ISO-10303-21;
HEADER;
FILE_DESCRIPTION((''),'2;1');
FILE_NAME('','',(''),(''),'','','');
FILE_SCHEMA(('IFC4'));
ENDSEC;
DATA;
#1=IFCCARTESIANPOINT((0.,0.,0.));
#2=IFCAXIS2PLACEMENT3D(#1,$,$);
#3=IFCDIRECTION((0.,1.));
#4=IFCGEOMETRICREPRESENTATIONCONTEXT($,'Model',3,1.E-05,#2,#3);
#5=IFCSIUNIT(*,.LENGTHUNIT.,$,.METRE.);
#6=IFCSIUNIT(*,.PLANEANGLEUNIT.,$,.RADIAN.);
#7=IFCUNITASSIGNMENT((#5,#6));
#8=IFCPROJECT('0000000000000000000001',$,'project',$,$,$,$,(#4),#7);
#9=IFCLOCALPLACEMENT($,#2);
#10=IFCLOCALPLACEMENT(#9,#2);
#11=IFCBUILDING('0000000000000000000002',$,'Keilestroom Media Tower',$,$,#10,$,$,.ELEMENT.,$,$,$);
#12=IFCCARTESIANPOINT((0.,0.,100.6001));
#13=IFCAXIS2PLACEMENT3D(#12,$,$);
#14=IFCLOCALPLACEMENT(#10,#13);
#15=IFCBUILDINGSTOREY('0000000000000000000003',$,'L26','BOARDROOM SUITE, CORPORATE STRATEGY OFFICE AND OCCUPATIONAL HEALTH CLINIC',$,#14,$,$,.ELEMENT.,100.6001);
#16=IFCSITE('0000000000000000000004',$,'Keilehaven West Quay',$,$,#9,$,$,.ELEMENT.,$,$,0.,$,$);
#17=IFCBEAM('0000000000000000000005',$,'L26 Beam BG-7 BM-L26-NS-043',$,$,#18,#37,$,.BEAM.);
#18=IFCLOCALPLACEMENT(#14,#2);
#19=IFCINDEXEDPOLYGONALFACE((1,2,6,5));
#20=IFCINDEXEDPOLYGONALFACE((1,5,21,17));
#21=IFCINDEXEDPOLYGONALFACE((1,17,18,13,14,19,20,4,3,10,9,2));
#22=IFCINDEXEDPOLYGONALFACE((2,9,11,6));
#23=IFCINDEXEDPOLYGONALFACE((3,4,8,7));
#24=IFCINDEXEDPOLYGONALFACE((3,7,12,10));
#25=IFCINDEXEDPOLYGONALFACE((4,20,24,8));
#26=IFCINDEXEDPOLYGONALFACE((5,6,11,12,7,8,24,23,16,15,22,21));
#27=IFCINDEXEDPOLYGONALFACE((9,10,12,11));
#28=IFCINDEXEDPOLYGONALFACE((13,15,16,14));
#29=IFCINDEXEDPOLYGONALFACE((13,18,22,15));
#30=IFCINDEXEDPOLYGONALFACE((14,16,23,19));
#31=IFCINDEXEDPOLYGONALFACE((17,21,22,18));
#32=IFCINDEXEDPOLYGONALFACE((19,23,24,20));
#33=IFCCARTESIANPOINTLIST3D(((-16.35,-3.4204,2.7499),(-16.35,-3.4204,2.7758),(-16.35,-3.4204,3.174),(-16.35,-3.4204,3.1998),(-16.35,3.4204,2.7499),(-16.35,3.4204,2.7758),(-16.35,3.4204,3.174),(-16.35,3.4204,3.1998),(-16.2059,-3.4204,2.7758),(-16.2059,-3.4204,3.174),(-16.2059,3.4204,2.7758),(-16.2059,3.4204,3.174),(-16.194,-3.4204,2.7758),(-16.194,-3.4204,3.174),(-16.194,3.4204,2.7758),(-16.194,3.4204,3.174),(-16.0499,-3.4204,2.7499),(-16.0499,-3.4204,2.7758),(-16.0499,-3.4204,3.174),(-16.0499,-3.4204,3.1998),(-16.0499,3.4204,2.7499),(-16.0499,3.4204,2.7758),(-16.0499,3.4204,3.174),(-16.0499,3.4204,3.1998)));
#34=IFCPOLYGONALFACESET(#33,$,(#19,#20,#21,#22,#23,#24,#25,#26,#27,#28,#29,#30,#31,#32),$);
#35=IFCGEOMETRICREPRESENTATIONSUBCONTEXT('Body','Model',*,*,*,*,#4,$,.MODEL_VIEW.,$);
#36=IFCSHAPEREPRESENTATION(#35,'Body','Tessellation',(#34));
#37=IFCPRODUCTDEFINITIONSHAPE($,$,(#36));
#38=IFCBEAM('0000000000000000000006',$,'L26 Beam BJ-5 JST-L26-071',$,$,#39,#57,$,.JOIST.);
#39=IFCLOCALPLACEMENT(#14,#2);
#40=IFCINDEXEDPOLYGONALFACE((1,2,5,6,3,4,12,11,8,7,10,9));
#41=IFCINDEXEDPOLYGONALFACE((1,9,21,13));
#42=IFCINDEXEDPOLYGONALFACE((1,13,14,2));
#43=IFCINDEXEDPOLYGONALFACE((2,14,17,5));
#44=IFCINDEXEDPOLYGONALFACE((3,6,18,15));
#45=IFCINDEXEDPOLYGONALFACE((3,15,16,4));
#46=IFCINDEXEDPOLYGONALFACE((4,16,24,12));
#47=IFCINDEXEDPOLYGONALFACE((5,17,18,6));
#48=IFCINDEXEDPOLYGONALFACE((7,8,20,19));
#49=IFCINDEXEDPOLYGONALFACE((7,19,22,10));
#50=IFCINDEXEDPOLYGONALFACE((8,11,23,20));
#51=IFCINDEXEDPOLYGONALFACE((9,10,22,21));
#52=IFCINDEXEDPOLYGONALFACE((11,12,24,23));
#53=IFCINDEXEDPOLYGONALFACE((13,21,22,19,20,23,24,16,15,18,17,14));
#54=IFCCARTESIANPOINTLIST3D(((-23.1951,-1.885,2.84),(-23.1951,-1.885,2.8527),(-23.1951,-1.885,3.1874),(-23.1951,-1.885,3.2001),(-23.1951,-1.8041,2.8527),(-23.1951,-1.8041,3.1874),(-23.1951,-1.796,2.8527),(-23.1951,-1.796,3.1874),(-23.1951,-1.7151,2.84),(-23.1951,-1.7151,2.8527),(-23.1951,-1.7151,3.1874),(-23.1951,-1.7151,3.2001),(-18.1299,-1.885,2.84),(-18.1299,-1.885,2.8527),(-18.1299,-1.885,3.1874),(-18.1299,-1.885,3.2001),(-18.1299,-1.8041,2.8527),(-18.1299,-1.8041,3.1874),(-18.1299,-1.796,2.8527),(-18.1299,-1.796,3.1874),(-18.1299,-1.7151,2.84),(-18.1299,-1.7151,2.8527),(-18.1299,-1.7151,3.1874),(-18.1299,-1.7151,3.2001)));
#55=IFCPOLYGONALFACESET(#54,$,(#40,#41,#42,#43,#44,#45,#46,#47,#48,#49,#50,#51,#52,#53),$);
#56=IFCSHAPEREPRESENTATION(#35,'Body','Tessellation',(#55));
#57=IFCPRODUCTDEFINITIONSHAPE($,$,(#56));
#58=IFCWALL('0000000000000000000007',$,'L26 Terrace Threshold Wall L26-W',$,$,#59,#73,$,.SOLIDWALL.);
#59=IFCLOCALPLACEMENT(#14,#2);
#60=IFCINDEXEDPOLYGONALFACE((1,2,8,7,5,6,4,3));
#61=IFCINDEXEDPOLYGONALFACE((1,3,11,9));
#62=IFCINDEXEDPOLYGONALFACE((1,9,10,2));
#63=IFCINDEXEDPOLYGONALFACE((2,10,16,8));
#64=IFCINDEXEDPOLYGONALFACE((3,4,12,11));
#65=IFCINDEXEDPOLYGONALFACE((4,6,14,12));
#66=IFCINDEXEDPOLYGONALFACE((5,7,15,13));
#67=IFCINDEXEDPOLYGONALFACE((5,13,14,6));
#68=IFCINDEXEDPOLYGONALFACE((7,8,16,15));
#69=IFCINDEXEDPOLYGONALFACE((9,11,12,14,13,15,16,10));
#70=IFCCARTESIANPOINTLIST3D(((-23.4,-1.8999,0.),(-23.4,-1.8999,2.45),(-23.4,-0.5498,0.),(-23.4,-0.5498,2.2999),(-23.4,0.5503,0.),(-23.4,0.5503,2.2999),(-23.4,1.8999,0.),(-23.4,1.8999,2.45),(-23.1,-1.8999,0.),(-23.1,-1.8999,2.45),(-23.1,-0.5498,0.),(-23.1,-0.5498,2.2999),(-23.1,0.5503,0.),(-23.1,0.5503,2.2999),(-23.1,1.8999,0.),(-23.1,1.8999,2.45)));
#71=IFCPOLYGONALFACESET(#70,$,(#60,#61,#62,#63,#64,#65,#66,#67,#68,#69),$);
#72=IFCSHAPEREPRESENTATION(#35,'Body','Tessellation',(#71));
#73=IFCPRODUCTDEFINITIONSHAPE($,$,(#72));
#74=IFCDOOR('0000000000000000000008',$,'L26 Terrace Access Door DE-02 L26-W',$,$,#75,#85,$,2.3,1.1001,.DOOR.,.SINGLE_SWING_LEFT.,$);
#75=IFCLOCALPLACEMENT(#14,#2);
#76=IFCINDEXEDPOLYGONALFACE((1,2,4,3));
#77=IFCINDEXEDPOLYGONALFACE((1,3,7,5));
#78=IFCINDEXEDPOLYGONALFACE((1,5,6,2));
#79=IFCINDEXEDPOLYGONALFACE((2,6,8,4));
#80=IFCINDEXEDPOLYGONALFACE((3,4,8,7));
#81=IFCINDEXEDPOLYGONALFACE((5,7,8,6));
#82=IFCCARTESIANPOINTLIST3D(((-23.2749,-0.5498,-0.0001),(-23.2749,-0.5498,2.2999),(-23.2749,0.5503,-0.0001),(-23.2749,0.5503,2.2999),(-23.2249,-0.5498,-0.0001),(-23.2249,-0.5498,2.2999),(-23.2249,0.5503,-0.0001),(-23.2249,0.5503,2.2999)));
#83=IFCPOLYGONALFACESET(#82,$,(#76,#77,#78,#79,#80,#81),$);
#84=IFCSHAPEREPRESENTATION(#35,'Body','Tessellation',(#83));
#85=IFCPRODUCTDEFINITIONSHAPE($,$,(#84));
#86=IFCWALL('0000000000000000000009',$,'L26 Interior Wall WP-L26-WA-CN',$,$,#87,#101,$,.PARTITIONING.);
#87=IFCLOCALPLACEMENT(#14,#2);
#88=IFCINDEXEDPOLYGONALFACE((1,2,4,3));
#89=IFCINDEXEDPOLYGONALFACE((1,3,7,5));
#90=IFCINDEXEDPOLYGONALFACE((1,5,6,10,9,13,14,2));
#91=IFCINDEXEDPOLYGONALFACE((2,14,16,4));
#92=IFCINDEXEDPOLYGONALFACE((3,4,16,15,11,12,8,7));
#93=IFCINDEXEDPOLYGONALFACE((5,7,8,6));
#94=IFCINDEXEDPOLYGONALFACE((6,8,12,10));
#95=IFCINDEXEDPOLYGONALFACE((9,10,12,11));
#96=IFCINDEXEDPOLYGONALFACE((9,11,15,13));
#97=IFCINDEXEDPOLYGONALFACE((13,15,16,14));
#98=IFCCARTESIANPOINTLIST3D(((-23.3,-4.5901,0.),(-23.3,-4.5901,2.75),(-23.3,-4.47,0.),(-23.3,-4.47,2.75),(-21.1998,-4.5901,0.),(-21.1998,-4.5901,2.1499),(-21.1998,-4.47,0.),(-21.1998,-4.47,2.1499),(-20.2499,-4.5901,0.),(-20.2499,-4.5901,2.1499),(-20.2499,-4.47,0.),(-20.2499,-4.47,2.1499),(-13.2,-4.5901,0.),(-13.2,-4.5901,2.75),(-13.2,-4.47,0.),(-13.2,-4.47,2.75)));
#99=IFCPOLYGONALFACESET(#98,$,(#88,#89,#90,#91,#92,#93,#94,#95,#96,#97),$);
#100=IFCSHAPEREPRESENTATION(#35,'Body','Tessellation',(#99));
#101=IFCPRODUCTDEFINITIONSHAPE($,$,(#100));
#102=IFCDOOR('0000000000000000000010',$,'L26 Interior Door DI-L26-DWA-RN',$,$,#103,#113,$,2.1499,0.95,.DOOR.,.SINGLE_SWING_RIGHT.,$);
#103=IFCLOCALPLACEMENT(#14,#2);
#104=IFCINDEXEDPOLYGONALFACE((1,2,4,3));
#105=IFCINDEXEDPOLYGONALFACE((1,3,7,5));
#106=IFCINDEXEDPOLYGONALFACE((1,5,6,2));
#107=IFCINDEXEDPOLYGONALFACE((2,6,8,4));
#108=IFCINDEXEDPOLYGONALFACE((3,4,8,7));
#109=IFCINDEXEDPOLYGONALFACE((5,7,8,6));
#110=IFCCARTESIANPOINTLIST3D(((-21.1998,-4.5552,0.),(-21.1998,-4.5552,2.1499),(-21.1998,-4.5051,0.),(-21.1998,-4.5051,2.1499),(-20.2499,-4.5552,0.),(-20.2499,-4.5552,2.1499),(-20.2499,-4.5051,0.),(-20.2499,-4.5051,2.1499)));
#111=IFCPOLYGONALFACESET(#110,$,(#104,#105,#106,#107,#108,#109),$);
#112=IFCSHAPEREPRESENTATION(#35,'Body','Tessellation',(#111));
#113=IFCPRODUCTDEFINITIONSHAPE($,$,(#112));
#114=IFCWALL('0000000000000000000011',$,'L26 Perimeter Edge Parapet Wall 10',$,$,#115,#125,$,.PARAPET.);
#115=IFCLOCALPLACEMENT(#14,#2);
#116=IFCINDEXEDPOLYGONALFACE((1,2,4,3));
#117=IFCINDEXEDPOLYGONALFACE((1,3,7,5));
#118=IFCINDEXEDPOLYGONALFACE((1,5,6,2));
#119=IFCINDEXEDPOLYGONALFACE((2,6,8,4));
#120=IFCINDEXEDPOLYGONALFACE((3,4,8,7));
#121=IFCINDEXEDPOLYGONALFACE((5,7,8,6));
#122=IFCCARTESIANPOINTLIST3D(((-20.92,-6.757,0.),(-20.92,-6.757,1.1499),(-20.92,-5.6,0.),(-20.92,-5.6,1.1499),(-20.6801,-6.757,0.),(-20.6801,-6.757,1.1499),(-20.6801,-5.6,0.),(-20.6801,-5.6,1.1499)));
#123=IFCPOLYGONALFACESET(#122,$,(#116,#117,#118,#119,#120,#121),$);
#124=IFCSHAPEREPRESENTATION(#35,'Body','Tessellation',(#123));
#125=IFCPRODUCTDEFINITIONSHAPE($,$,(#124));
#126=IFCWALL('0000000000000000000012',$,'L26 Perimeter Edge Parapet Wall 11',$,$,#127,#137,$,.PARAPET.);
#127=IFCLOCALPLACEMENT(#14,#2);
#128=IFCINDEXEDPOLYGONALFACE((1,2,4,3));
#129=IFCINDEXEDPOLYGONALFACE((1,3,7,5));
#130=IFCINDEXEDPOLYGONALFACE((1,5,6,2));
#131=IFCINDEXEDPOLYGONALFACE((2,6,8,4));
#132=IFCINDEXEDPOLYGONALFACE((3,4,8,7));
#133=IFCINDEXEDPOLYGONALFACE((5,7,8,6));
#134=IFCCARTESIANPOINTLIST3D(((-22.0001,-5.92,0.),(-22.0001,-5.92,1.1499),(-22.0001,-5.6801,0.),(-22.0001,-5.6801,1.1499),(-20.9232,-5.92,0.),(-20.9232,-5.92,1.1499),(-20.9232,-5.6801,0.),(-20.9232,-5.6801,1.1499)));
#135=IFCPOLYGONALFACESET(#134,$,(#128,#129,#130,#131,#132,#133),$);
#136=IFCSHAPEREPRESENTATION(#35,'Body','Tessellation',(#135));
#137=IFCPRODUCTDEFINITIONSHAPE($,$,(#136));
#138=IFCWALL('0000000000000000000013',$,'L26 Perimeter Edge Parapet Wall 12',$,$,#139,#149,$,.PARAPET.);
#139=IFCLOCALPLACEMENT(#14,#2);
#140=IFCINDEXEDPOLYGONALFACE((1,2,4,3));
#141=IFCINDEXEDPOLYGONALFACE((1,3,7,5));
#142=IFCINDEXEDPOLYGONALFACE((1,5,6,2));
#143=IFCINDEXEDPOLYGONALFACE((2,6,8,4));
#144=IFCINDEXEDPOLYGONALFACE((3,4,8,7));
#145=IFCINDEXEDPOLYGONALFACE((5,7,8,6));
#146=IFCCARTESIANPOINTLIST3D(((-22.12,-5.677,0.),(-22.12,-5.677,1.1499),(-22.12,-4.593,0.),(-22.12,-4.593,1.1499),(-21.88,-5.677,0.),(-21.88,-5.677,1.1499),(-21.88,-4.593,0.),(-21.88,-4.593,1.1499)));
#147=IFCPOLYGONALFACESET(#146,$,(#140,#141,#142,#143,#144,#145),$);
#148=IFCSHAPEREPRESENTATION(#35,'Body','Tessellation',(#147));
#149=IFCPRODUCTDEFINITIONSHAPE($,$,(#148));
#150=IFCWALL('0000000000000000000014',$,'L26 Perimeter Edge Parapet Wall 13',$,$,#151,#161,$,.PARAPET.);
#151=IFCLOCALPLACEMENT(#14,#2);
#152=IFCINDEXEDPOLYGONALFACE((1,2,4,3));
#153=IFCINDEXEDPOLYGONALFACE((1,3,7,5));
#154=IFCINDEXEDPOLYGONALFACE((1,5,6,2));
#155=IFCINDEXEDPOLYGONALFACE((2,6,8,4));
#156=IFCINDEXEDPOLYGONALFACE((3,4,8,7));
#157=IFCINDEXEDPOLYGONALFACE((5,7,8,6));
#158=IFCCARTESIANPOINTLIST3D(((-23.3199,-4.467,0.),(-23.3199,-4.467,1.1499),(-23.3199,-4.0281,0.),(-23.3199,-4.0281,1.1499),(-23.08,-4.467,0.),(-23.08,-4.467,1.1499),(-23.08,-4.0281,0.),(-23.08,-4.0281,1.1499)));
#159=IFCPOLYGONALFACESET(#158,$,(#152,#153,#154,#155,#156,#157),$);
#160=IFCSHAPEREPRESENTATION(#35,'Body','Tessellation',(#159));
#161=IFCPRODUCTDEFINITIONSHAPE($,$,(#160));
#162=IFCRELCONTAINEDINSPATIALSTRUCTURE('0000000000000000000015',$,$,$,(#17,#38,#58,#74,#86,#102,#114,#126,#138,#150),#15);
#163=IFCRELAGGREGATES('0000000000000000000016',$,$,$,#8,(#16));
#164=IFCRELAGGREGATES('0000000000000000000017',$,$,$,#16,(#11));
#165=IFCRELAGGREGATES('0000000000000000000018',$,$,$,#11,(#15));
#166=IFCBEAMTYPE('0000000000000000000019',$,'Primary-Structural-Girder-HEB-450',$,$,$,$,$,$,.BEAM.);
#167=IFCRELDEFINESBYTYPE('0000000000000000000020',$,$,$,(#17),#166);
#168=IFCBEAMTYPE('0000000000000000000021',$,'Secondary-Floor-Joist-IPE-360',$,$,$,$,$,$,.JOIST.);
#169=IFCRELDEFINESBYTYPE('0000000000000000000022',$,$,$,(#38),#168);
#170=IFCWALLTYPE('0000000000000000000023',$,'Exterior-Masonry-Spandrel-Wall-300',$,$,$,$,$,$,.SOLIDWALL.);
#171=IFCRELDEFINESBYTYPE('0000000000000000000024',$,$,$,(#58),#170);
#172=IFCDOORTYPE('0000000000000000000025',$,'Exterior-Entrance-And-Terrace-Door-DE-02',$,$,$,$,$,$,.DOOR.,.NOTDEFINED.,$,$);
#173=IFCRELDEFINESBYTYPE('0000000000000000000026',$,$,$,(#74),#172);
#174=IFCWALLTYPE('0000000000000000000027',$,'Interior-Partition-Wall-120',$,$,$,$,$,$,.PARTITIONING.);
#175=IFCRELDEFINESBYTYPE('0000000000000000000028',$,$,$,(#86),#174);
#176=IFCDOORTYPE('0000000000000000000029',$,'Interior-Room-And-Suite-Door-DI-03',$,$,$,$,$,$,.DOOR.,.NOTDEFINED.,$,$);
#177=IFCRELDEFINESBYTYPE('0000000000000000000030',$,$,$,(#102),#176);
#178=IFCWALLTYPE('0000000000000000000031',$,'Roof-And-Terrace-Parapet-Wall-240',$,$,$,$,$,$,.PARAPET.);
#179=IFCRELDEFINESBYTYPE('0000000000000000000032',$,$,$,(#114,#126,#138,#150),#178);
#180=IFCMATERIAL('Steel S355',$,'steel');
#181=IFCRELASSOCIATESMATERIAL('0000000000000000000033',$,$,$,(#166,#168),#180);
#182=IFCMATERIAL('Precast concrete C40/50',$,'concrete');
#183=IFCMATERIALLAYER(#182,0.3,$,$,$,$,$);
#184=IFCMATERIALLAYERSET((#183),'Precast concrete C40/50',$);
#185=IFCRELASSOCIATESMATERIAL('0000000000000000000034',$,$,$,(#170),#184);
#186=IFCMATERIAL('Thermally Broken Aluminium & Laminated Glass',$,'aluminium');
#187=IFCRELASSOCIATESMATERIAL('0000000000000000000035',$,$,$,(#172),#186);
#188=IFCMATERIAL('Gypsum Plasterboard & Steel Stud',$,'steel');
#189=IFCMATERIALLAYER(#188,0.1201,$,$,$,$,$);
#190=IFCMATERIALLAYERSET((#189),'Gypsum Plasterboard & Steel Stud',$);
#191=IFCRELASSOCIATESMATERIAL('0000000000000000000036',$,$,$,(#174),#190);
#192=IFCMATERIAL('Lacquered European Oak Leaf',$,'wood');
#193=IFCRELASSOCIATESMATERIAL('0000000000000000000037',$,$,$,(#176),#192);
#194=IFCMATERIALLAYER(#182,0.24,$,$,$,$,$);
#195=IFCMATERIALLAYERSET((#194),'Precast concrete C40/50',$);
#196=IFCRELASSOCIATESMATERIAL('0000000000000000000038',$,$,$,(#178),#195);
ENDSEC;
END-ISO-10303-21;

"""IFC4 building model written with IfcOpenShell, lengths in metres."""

from ifc_helpers import new_model, si_unit, direction, frame, frame_2d, origin, origin_2d, place, context, subcontext, project, spatial, rectangle, i_section, extrude, source, transform, mapped, material, layer, layer_set, material_profile, profile_set, type_object, element, fill, save


model = new_model("IFC4")

# Units and contexts
model_context = context("Model", 3, precision=1e-05, world=origin(), true_north=direction((0.0, 1.0)))
body_context = subcontext(model_context, "Body", "Model", "MODEL_VIEW")
ifc_project = project(units=[si_unit("LENGTHUNIT", "METRE"), si_unit("PLANEANGLEUNIT", "RADIAN")], contexts=[model_context])

# Site, building, storey
site_placement = place(None, origin())
site = spatial("IfcSite", under=ifc_project, at=site_placement, Name="Keilehaven West Quay", CompositionType="ELEMENT", RefElevation=0.0)
building_placement = place(site_placement, origin())
building = spatial("IfcBuilding", under=site, at=building_placement, Name="Keilestroom Media Tower", CompositionType="ELEMENT")
storey_placement = place(building_placement, frame((0.0, 0.0, 100.6001)))
storey = spatial("IfcBuildingStorey", under=building, at=storey_placement, Name="L26", Description="BOARDROOM SUITE, CORPORATE STRATEGY OFFICE AND OCCUPATIONAL HEALTH CLINIC", CompositionType="ELEMENT", Elevation=100.6001)

# Shared definitions
ifc_material_1 = material(Name="Precast concrete C40/50", Category="concrete")
ifc_material_2 = material(Name="Steel S355", Category="steel")

# Beams
ifc_material_profile_1 = material_profile(ifc_material_2, i_section(OverallWidth=0.3, OverallDepth=0.45, WebThickness=0.012, FlangeThickness=0.0259, at=origin_2d()), Name="HEB 450")
ifc_profile_set_1 = profile_set([ifc_material_profile_1], Name="Steel S355")
beam_type_1 = type_object("IfcBeamType", Name="Primary-Structural-Girder-HEB-450", PredefinedType="BEAM", material=ifc_profile_set_1)
shared_shape_1 = source(origin(), body_context, "Body", "SweptSolid", [
    extrude(i_section(OverallWidth=0.3, OverallDepth=0.45, WebThickness=0.012, FlangeThickness=0.0259, at=origin_2d()), origin(), (0.0, 0.0, 1.0), 6.8408),
])
for number, where, z_axis, x_axis, name in (
    (1, (-16.2, -3.4204, 2.9749), (0.0, 1.0, 0.0), (-1.0, 0.0, 0.0), "L26 Beam BG-7 BM-L26-NS-043"),
):
    element("IfcBeam", number, at=place(storey_placement, frame(where, z_axis=z_axis, x_axis=x_axis)), inside=storey, type_object=beam_type_1, Name=name, PredefinedType="BEAM", context=body_context, shape_type="MappedRepresentation", body=[
        mapped(shared_shape_1, transform((0.0, 0.0, 0.0), x_axis=(1.0, 0.0, 0.0), y_axis=(0.0, 1.0, 0.0), z_axis=(0.0, 0.0, 1.0), scale=1.0)),
    ])
ifc_material_profile_2 = material_profile(ifc_material_2, i_section(OverallWidth=0.1699, OverallDepth=0.3601, WebThickness=0.0081, FlangeThickness=0.0127, at=origin_2d()), Name="IPE 360")
ifc_profile_set_2 = profile_set([ifc_material_profile_2], Name="Steel S355")
beam_type_2 = type_object("IfcBeamType", Name="Secondary-Floor-Joist-IPE-360", PredefinedType="JOIST", material=ifc_profile_set_2)
shared_shape_2 = source(origin(), body_context, "Body", "SweptSolid", [
    extrude(i_section(OverallWidth=0.1699, OverallDepth=0.3601, WebThickness=0.0081, FlangeThickness=0.0127, at=origin_2d()), origin(), (0.0, 0.0, 1.0), 5.0652),
])
beam_1_placement = place(storey_placement, frame((-23.1951, -1.8, 3.02), z_axis=(1.0, 0.0, 0.0), x_axis=(0.0, 1.0, 0.0)))
element("IfcBeam", 2, at=beam_1_placement, inside=storey, type_object=beam_type_2, Name="L26 Beam BJ-5 JST-L26-071", PredefinedType="JOIST", context=body_context, shape_type="MappedRepresentation", body=[
    mapped(shared_shape_2, transform((0.0, 0.0, 0.0), x_axis=(1.0, 0.0, 0.0), y_axis=(0.0, 1.0, 0.0), z_axis=(0.0, 0.0, 1.0), scale=1.0)),
])

# Walls, openings, doors
ifc_layer_1 = layer(ifc_material_1, 0.3)
ifc_layer_set_1 = layer_set([ifc_layer_1], Name="Precast concrete C40/50")
wall_type_1 = type_object("IfcWallType", Name="Exterior-Masonry-Spandrel-Wall-300", PredefinedType="SOLIDWALL", material=ifc_layer_set_1)
wall_1_placement = place(storey_placement, frame((-23.25, -1.8999, 0.0), z_axis=(0.0, 0.0, 1.0), x_axis=(0.0, 1.0, 0.0)))
wall_1 = element("IfcWall", 3, at=wall_1_placement, inside=storey, type_object=wall_type_1, Name="L26 Terrace Threshold Wall L26-W", PredefinedType="SOLIDWALL", context=body_context, shape_type="SweptSolid", body=[
    extrude(rectangle(XDim=3.7998, YDim=0.3, at=frame_2d((1.8999, 0.0))), origin(), (0.0, 0.0, 1.0), 2.45),
])
opening_1_placement = place(wall_1_placement, frame((1.3501, 0.0, 0.0)))
opening_1 = element("IfcOpeningElement", 4, at=opening_1_placement, cuts=wall_1, PredefinedType="OPENING", context=body_context, shape_type="SweptSolid", body=[
    extrude(rectangle(XDim=1.1001, YDim=2.3, at=frame_2d((0.55, 1.1499))), frame((0.0, 0.1602, 0.0), z_axis=(0.0, -1.0, 0.0), x_axis=(1.0, 0.0, 0.0)), (0.0, 0.0, 1.0), 0.3201),
])
ifc_material_3 = material(Name="Thermally Broken Aluminium & Laminated Glass", Category="aluminium")
door_type_1 = type_object("IfcDoorType", Name="Exterior-Entrance-And-Terrace-Door-DE-02", OperationType="NOTDEFINED", PredefinedType="DOOR", material=ifc_material_3)
shared_shape_3 = source(origin(), body_context, "Body", "SweptSolid", [
    extrude(rectangle(XDim=1.1001, YDim=2.3, at=frame_2d((0.55, 1.1499))), frame((0.0, 0.0249, 0.0), z_axis=(0.0, -1.0, 0.0), x_axis=(1.0, 0.0, 0.0)), (0.0, 0.0, 1.0), 0.05),
])
door_1_placement = place(opening_1_placement, origin())
door_1 = element("IfcDoor", 5, at=door_1_placement, inside=storey, type_object=door_type_1, Name="L26 Terrace Access Door DE-02 L26-W", OperationType="SINGLE_SWING_LEFT", OverallHeight=2.3, OverallWidth=1.1001, PredefinedType="DOOR", context=body_context, shape_type="MappedRepresentation", body=[
    mapped(shared_shape_3, transform((0.0, 0.0, 0.0), x_axis=(1.0, 0.0, 0.0), y_axis=(0.0, 1.0, 0.0), z_axis=(0.0, 0.0, 1.0), scale=1.0)),
])
fill(opening_1, door_1)
ifc_material_4 = material(Name="Gypsum Plasterboard & Steel Stud", Category="steel")
ifc_layer_2 = layer(ifc_material_4, 0.1201)
ifc_layer_set_2 = layer_set([ifc_layer_2], Name="Gypsum Plasterboard & Steel Stud")
wall_type_2 = type_object("IfcWallType", Name="Interior-Partition-Wall-120", PredefinedType="PARTITIONING", material=ifc_layer_set_2)
wall_2_placement = place(storey_placement, frame((-23.3, -4.53, 0.0), z_axis=(0.0, 0.0, 1.0), x_axis=(1.0, 0.0, 0.0)))
wall_2 = element("IfcWall", 6, at=wall_2_placement, inside=storey, type_object=wall_type_2, Name="L26 Interior Wall WP-L26-WA-CN", PredefinedType="PARTITIONING", context=body_context, shape_type="SweptSolid", body=[
    extrude(rectangle(XDim=10.1001, YDim=0.1201, at=frame_2d((5.05, 0.0))), origin(), (0.0, 0.0, 1.0), 2.75),
])
opening_2_placement = place(wall_2_placement, frame((2.1001, 0.0, 0.0)))
opening_2 = element("IfcOpeningElement", 7, at=opening_2_placement, cuts=wall_2, PredefinedType="OPENING", context=body_context, shape_type="SweptSolid", body=[
    extrude(rectangle(XDim=0.95, YDim=2.1499, at=frame_2d((0.4751, 1.075))), frame((0.0, 0.0701, 0.0), z_axis=(0.0, -1.0, 0.0), x_axis=(1.0, 0.0, 0.0)), (0.0, 0.0, 1.0), 0.1401),
])
ifc_material_5 = material(Name="Lacquered European Oak Leaf", Category="wood")
door_type_2 = type_object("IfcDoorType", Name="Interior-Room-And-Suite-Door-DI-03", OperationType="NOTDEFINED", PredefinedType="DOOR", material=ifc_material_5)
shared_shape_4 = source(origin(), body_context, "Body", "SweptSolid", [
    extrude(rectangle(XDim=0.95, YDim=2.1499, at=frame_2d((0.4751, 1.075))), frame((0.0, 0.0249, 0.0), z_axis=(0.0, -1.0, 0.0), x_axis=(1.0, 0.0, 0.0)), (0.0, 0.0, 1.0), 0.05),
])
door_2_placement = place(opening_2_placement, origin())
door_2 = element("IfcDoor", 8, at=door_2_placement, inside=storey, type_object=door_type_2, Name="L26 Interior Door DI-L26-DWA-RN", OperationType="SINGLE_SWING_RIGHT", OverallHeight=2.1499, OverallWidth=0.95, PredefinedType="DOOR", context=body_context, shape_type="MappedRepresentation", body=[
    mapped(shared_shape_4, transform((0.0, 0.0, 0.0), x_axis=(1.0, 0.0, 0.0), y_axis=(0.0, 1.0, 0.0), z_axis=(0.0, 0.0, 1.0), scale=1.0)),
])
fill(opening_2, door_2)

# Walls
ifc_layer_3 = layer(ifc_material_1, 0.24)
ifc_layer_set_3 = layer_set([ifc_layer_3], Name="Precast concrete C40/50")
wall_type_3 = type_object("IfcWallType", Name="Roof-And-Terrace-Parapet-Wall-240", PredefinedType="PARAPET", material=ifc_layer_set_3)
wall_3_placement = place(storey_placement, frame((-20.8, -6.7571, 0.0), z_axis=(0.0, 0.0, 1.0), x_axis=(0.0, 1.0, 0.0)))
element("IfcWall", 9, at=wall_3_placement, inside=storey, type_object=wall_type_3, Name="L26 Perimeter Edge Parapet Wall 10", PredefinedType="PARAPET", context=body_context, shape_type="SweptSolid", body=[
    extrude(rectangle(XDim=1.157, YDim=0.24, at=frame_2d((0.5786, 0.0))), origin(), (0.0, 0.0, 1.0), 1.1499),
])
wall_4_placement = place(storey_placement, frame((-20.9231, -5.8, 0.0), z_axis=(0.0, 0.0, 1.0), x_axis=(-1.0, 0.0, 0.0)))
element("IfcWall", 10, at=wall_4_placement, inside=storey, type_object=wall_type_3, Name="L26 Perimeter Edge Parapet Wall 11", PredefinedType="PARAPET", context=body_context, shape_type="SweptSolid", body=[
    extrude(rectangle(XDim=1.0769, YDim=0.24, at=frame_2d((0.5386, 0.0))), origin(), (0.0, 0.0, 1.0), 1.1499),
])
wall_5_placement = place(storey_placement, frame((-22.0, -5.677, 0.0), z_axis=(0.0, 0.0, 1.0), x_axis=(0.0, 1.0, 0.0)))
element("IfcWall", 11, at=wall_5_placement, inside=storey, type_object=wall_type_3, Name="L26 Perimeter Edge Parapet Wall 12", PredefinedType="PARAPET", context=body_context, shape_type="SweptSolid", body=[
    extrude(rectangle(XDim=1.084, YDim=0.24, at=frame_2d((0.542, 0.0))), origin(), (0.0, 0.0, 1.0), 1.1499),
])
wall_6_placement = place(storey_placement, frame((-23.2, -4.467, 0.0), z_axis=(0.0, 0.0, 1.0), x_axis=(0.0, 1.0, 0.0)))
element("IfcWall", 12, at=wall_6_placement, inside=storey, type_object=wall_type_3, Name="L26 Perimeter Edge Parapet Wall 13", PredefinedType="PARAPET", context=body_context, shape_type="SweptSolid", body=[
    extrude(rectangle(XDim=0.439, YDim=0.24, at=frame_2d((0.2195, 0.0))), origin(), (0.0, 0.0, 1.0), 1.1499),
])

save(model, "model.ifc")
